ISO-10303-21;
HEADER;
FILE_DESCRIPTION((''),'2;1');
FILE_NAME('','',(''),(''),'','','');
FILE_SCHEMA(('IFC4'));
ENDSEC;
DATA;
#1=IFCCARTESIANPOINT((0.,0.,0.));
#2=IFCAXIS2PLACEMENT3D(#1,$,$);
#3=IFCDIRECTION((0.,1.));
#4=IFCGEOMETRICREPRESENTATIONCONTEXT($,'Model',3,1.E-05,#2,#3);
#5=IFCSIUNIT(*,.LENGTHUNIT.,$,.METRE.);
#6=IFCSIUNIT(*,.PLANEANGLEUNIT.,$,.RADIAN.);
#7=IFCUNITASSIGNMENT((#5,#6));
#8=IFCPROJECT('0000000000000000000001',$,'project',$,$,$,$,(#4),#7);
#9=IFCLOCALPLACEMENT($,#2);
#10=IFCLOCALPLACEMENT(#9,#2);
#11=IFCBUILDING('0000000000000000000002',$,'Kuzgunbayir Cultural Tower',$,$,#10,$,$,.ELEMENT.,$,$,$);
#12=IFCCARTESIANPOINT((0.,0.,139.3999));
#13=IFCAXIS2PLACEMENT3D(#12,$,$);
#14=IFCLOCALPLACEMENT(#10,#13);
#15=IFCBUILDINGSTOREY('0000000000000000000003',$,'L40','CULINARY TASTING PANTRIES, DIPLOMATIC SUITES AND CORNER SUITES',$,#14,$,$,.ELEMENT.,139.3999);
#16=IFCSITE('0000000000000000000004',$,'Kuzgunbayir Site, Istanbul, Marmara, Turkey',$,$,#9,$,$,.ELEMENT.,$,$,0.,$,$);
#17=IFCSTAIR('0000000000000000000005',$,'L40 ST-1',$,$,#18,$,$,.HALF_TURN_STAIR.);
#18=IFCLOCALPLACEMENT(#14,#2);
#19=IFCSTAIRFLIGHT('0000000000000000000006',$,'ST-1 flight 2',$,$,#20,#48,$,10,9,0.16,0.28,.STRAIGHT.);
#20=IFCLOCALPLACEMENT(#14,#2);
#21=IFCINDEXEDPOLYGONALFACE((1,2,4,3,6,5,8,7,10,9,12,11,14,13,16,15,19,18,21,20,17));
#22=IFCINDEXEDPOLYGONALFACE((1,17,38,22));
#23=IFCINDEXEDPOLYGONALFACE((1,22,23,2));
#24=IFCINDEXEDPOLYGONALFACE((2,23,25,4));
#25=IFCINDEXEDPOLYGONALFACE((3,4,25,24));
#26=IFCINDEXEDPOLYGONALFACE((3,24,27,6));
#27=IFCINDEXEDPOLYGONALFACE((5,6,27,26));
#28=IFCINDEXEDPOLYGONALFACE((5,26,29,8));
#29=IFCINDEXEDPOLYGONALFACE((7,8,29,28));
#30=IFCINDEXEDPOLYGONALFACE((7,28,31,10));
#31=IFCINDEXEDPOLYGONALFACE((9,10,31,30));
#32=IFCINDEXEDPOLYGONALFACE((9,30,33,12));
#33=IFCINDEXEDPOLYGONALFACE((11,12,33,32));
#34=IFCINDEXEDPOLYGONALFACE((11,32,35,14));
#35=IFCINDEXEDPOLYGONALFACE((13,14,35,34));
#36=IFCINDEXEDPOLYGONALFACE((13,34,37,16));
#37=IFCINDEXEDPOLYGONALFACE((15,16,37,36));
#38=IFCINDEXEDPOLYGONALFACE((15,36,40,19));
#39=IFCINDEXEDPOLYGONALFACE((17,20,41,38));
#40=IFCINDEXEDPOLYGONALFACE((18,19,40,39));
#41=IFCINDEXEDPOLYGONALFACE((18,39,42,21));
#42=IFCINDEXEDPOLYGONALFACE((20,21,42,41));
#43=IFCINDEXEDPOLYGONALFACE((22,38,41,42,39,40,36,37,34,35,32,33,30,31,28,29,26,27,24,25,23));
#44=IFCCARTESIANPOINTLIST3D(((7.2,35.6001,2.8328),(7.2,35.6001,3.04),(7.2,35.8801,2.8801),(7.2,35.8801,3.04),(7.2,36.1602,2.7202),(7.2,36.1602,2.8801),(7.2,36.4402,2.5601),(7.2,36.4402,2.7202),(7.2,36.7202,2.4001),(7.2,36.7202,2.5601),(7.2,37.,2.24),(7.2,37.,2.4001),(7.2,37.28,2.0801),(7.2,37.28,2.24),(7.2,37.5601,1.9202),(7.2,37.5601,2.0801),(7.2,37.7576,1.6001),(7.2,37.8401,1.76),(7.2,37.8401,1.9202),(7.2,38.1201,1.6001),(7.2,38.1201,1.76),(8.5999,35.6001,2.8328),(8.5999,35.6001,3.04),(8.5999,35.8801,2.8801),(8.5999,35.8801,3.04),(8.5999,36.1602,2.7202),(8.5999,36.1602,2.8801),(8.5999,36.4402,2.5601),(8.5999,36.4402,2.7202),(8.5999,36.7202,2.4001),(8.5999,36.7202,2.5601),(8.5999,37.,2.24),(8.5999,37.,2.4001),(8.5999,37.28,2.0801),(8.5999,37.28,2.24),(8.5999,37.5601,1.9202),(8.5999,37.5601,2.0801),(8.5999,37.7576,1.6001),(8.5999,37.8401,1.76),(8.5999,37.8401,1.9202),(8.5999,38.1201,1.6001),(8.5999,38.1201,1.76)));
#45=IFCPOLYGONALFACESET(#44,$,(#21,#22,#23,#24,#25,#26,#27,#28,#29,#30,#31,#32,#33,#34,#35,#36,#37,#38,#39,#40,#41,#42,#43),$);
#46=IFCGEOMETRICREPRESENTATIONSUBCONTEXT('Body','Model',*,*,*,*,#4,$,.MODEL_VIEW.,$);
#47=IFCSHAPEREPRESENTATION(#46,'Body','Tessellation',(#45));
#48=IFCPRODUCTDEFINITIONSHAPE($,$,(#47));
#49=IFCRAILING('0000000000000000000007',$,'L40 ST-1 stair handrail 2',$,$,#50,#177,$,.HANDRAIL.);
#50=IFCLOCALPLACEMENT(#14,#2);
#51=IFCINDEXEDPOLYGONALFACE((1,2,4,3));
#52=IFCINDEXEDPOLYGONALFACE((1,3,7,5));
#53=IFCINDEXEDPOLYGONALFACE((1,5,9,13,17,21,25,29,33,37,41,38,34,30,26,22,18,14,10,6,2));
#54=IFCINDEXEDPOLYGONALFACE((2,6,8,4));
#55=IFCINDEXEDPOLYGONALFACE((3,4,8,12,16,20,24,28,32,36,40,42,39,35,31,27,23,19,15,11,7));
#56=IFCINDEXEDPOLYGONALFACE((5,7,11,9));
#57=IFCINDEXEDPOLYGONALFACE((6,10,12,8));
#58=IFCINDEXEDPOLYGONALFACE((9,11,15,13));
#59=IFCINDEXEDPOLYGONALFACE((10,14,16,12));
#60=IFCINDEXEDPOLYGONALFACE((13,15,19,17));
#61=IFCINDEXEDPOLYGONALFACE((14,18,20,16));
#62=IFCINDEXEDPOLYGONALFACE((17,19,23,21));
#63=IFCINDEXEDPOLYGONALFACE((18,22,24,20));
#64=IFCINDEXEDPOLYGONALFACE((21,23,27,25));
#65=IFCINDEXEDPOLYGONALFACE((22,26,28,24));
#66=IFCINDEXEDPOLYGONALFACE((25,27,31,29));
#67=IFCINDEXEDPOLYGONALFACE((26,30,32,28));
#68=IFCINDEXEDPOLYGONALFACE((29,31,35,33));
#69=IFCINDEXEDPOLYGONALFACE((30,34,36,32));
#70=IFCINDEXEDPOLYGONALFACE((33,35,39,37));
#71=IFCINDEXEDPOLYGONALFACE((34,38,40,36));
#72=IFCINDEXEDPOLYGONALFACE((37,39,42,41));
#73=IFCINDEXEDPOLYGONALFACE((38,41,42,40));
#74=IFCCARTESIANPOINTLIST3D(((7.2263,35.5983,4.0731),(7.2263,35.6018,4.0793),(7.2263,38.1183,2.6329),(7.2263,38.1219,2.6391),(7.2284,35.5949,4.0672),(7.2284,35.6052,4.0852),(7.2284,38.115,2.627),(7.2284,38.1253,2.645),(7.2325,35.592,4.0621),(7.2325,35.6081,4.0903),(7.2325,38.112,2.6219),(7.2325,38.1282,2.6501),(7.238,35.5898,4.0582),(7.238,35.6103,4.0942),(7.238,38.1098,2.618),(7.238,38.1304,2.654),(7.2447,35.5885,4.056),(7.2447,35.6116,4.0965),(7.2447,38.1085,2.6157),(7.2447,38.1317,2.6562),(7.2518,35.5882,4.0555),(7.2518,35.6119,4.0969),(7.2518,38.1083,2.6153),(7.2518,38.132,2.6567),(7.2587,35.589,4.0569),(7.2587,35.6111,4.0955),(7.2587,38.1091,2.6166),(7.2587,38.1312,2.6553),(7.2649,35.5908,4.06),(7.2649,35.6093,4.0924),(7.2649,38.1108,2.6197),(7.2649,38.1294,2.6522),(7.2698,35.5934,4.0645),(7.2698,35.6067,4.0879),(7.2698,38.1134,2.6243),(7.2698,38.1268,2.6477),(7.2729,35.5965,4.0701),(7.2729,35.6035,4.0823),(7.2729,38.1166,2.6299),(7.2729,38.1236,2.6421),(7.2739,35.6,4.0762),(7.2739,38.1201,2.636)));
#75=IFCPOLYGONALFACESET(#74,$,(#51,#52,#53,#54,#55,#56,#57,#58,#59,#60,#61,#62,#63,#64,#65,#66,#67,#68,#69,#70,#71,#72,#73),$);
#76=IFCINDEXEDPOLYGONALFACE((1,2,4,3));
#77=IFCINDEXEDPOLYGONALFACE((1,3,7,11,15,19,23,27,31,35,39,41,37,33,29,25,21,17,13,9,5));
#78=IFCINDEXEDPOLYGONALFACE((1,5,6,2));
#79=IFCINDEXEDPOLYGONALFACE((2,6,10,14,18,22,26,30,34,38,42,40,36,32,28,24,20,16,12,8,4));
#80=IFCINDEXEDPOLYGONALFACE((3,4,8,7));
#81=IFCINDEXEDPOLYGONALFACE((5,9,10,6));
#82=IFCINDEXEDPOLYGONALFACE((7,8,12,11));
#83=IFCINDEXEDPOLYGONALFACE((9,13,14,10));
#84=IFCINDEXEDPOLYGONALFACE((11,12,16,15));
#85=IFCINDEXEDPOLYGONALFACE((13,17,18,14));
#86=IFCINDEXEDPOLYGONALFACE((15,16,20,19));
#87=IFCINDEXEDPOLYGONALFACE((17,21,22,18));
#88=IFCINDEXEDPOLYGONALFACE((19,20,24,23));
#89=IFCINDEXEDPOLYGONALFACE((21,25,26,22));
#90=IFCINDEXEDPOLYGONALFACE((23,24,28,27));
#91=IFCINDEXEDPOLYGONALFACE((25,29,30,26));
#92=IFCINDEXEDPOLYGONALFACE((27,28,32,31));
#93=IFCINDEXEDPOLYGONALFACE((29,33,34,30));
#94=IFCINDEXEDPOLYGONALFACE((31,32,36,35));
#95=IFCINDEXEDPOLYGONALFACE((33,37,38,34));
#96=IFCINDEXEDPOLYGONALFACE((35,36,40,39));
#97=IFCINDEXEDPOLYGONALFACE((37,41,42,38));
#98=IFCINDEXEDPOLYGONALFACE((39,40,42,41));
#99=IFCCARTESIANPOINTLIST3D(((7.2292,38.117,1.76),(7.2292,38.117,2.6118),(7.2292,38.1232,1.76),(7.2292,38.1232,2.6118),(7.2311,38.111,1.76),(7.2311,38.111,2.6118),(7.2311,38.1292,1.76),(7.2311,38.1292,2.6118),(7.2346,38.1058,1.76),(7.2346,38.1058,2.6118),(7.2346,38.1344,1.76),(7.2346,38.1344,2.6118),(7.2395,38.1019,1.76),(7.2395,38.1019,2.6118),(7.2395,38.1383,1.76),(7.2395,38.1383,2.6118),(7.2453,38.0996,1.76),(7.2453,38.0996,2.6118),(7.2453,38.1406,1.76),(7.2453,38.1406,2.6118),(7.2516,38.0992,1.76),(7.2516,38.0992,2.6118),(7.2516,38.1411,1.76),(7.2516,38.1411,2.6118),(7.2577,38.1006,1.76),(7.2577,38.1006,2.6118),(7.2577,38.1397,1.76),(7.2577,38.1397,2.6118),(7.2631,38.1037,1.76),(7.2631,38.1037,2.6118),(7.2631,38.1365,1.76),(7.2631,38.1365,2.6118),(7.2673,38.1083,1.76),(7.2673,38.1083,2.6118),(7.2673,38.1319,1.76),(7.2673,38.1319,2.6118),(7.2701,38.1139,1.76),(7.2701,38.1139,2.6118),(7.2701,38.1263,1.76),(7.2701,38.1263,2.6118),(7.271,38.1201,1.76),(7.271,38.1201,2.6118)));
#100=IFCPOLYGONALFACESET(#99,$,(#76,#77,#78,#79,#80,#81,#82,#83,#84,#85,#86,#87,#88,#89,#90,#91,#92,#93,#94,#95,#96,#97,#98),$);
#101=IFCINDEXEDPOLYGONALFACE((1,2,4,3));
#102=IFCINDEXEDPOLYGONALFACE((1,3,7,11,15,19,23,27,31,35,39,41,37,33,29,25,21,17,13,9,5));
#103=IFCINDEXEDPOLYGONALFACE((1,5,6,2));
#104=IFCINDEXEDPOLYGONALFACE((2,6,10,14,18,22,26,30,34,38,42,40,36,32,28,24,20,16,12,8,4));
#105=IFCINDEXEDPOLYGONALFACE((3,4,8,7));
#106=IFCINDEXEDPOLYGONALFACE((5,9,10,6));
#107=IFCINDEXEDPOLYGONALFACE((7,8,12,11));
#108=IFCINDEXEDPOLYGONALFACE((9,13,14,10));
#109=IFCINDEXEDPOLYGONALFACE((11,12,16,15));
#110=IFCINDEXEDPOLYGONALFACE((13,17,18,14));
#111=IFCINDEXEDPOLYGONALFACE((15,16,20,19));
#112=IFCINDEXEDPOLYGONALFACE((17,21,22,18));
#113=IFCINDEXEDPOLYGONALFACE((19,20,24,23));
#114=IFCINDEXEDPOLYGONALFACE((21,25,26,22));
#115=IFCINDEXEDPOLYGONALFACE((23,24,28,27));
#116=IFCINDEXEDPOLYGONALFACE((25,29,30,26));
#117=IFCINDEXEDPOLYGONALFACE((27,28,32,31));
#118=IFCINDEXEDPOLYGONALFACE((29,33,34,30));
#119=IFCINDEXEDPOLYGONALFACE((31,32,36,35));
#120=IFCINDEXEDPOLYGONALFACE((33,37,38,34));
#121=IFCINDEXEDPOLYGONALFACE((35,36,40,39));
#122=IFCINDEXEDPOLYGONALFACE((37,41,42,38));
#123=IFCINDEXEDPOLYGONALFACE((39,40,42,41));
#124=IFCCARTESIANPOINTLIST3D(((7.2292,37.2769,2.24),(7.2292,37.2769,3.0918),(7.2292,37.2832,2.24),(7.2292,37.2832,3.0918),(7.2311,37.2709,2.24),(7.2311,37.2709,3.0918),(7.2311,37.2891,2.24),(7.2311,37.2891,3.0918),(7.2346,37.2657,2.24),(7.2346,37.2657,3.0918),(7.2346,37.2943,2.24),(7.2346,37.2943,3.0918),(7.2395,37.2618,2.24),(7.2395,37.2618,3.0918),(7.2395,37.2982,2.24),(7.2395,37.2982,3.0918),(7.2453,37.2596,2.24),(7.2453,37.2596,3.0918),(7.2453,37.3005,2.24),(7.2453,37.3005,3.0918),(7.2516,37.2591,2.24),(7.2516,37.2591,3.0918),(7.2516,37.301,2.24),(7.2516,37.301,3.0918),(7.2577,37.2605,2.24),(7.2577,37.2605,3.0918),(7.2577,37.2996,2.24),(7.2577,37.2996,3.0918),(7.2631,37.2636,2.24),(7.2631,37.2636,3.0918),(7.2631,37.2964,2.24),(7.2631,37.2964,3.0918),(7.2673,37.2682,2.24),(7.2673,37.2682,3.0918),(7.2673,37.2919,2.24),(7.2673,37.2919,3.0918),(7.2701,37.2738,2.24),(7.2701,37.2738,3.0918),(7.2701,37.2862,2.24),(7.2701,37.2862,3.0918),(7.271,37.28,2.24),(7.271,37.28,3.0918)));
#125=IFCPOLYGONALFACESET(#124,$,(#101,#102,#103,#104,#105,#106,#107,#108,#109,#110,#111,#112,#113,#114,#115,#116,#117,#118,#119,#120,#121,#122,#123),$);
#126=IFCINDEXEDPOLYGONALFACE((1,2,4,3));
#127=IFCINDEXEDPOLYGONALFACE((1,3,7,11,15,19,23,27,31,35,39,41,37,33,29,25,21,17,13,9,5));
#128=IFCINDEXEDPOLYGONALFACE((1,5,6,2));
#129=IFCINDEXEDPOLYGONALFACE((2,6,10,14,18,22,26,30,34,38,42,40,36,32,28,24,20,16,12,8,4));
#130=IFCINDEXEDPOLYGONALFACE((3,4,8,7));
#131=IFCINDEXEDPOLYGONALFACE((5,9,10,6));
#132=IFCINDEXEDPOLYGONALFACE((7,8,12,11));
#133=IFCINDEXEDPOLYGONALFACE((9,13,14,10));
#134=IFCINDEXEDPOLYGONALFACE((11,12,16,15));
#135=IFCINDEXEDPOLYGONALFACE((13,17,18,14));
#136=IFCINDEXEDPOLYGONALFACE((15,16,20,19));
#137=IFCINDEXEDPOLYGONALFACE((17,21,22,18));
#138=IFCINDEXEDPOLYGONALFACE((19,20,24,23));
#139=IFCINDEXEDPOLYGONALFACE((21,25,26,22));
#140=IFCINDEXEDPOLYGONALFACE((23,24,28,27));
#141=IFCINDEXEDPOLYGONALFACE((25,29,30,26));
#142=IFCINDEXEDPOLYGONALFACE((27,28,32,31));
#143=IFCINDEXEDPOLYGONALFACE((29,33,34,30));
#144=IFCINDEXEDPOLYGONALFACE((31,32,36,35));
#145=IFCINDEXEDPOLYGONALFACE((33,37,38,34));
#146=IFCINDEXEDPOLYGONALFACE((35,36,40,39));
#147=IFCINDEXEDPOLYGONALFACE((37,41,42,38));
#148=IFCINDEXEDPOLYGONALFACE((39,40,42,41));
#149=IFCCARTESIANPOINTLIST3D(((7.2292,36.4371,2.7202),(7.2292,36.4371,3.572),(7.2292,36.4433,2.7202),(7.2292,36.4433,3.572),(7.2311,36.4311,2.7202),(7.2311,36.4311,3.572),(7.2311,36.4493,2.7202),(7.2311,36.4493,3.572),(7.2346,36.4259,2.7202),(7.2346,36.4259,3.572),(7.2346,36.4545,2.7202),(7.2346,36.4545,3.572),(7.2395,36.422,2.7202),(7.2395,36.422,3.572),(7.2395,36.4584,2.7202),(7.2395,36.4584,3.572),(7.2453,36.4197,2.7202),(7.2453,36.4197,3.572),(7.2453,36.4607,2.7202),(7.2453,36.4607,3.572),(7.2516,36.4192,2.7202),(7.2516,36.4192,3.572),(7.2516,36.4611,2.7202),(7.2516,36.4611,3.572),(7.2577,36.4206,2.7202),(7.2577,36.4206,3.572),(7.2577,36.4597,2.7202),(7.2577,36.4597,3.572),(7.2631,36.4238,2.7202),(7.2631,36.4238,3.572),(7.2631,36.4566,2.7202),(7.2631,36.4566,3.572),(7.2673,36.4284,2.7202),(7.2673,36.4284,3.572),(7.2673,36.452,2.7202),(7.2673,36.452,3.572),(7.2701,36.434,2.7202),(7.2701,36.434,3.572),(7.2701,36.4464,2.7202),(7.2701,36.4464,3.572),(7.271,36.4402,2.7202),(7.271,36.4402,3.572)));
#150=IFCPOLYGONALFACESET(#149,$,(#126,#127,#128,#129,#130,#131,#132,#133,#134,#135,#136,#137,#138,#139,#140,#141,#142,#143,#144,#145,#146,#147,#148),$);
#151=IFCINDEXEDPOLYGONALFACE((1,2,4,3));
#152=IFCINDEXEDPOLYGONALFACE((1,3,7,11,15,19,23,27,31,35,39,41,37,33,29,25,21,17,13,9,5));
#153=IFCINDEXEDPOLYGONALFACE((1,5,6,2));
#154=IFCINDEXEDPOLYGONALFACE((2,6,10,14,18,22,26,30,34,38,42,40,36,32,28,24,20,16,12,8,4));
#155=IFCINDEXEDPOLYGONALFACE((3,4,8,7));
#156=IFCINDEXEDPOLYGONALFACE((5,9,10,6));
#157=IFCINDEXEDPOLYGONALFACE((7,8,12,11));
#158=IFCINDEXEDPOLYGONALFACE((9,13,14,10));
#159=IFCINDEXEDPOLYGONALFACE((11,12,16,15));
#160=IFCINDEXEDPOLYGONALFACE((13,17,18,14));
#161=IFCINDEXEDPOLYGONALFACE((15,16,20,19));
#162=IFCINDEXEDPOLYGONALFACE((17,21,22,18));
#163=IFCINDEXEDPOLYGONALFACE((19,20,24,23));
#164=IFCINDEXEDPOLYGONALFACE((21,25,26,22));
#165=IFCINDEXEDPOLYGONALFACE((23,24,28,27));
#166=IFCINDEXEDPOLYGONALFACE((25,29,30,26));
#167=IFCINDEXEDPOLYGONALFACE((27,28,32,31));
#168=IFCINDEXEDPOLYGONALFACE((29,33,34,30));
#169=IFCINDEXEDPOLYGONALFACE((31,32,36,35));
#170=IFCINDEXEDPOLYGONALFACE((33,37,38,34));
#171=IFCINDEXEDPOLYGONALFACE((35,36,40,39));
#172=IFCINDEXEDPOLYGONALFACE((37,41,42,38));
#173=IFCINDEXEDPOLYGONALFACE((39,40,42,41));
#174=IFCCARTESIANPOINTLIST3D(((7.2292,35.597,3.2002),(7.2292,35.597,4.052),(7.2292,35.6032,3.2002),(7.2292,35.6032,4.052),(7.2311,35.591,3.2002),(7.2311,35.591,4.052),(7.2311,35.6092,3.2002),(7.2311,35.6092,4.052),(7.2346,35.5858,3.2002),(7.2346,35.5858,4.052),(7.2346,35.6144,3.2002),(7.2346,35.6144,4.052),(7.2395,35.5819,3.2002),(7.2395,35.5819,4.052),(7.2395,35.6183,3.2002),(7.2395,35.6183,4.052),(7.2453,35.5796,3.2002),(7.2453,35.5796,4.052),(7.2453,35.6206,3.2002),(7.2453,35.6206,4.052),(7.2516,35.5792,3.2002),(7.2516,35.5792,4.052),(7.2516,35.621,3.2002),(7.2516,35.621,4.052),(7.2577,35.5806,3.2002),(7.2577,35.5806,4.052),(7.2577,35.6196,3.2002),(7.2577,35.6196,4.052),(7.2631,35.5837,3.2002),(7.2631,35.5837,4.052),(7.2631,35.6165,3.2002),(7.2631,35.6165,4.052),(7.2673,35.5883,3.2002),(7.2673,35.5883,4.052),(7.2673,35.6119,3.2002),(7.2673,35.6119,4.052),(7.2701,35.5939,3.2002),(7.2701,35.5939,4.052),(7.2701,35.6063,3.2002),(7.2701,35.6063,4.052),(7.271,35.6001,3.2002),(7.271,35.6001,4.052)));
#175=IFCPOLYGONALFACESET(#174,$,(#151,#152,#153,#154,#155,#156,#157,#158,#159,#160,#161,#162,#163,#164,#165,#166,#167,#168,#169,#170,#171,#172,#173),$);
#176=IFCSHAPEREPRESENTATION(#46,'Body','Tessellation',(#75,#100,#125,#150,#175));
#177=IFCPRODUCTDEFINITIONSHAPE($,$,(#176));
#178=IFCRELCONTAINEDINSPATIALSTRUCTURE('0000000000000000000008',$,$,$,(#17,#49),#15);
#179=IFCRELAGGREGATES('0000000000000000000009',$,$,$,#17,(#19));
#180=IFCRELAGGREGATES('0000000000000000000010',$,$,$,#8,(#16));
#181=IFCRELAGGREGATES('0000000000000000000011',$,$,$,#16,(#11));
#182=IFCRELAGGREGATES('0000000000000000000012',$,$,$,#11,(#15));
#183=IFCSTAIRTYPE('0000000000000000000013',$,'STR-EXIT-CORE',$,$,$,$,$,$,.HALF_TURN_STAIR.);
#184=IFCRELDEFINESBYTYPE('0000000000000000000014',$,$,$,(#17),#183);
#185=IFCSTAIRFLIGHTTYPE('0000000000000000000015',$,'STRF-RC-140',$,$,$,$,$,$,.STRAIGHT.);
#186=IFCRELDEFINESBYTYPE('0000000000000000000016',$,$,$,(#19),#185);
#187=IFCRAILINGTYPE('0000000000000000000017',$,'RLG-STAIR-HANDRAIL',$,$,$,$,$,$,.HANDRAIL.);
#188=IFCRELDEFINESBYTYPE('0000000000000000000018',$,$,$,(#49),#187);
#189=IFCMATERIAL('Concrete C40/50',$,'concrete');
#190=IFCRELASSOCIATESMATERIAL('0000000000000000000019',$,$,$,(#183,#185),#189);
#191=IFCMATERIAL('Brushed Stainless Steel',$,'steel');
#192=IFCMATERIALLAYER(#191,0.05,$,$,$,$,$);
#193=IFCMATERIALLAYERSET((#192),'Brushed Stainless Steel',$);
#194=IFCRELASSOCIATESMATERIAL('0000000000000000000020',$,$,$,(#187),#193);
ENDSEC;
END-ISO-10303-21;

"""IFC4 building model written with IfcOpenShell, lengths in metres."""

from ifc_helpers import new_model, si_unit, direction, frame, origin, origin_2d, place, context, subcontext, project, spatial, polyline, circle, outline, extrude, material, layer, layer_set, type_object, element, aggregate, save


model = new_model("IFC4")

# Units and contexts
model_context = context("Model", 3, precision=1e-05, world=origin(), true_north=direction((0.0, 1.0)))
body_context = subcontext(model_context, "Body", "Model", "MODEL_VIEW")
ifc_project = project(units=[si_unit("LENGTHUNIT", "METRE"), si_unit("PLANEANGLEUNIT", "RADIAN")], contexts=[model_context])

# Site, building, storey
site_placement = place(None, origin())
site = spatial("IfcSite", under=ifc_project, at=site_placement, Name="Kuzgunbayir Site, Istanbul, Marmara, Turkey", CompositionType="ELEMENT", RefElevation=0.0)
building_placement = place(site_placement, origin())
building = spatial("IfcBuilding", under=site, at=building_placement, Name="Kuzgunbayir Cultural Tower", CompositionType="ELEMENT")
storey_placement = place(building_placement, frame((0.0, 0.0, 139.3999)))
storey = spatial("IfcBuildingStorey", under=building, at=storey_placement, Name="L40", Description="CULINARY TASTING PANTRIES, DIPLOMATIC SUITES AND CORNER SUITES", CompositionType="ELEMENT", Elevation=139.3999)

# Stair, stair flight
ifc_material_1 = material(Name="Concrete C40/50", Category="concrete")
stair_type = type_object("IfcStairType", Name="STR-EXIT-CORE", PredefinedType="HALF_TURN_STAIR", material=ifc_material_1)
stair_placement = place(storey_placement, origin())
stair = element("IfcStair", 1, at=stair_placement, inside=storey, type_object=stair_type, Name="L40 ST-1", PredefinedType="HALF_TURN_STAIR")
stair_flight_type = type_object("IfcStairFlightType", Name="STRF-RC-140", PredefinedType="STRAIGHT", material=ifc_material_1)
stair_flight_placement = place(storey_placement, frame((7.8999, 38.1201, 1.6001), z_axis=(0.0, 0.0, 1.0), x_axis=(0.0, -1.0, 0.0)))
stair_flight = element("IfcStairFlight", 2, at=stair_flight_placement, type_object=stair_flight_type, Name="ST-1 flight 2", NumberOfRisers=10, NumberOfTreads=9, PredefinedType="STRAIGHT", RiserHeight=0.16, TreadLength=0.28, context=body_context, shape_type="SweptSolid", body=[
    extrude(outline(polyline([(0.0, 0.0), (0.0, 0.1599), (0.28, 0.1599), (0.28, 0.3201), (0.5601, 0.3201), (0.5601, 0.48), (0.8401, 0.48), (0.8401, 0.6399), (1.1201, 0.6399), (1.1201, 0.8), (1.3999, 0.8), (1.3999, 0.96), (1.6799, 0.96), (1.6799, 1.1201), (1.96, 1.1201), (1.96, 1.28), (2.24, 1.28), (2.24, 1.4399), (2.52, 1.4399), (2.52, 1.6001), (2.52, 1.2327), (0.3625, 0.0), (0.0, 0.0)])), frame((0.0, 0.7, 0.0), z_axis=(0.0, -1.0, 0.0), x_axis=(1.0, 0.0, 0.0)), (0.0, 0.0, 1.0), 1.3999),
])
aggregate(stair, [stair_flight])

# Railing
ifc_material_2 = material(Name="Brushed Stainless Steel", Category="steel")
ifc_layer_1 = layer(ifc_material_2, 0.05)
ifc_layer_set_1 = layer_set([ifc_layer_1], Name="Brushed Stainless Steel")
railing_type_1 = type_object("IfcRailingType", Name="RLG-STAIR-HANDRAIL", PredefinedType="HANDRAIL", material=ifc_layer_set_1)
railing_1_placement = place(storey_placement, frame((7.25, 38.1201, 1.76)))
element("IfcRailing", 3, at=railing_1_placement, inside=storey, type_object=railing_type_1, Name="L40 ST-1 stair handrail 2", PredefinedType="HANDRAIL", context=body_context, shape_type="SweptSolid", body=[
    extrude(circle(Radius=0.0239, at=origin_2d()), frame((0.0, 0.0, 0.876), z_axis=(0.0, -0.868217, 0.496184), x_axis=(1.0, 0.0, 0.0)), (0.0, 0.0, 1.0), 2.9026),
    extrude(circle(Radius=0.021, at=origin_2d()), origin(), (0.0, 0.0, 1.0), 0.8518),
    extrude(circle(Radius=0.021, at=origin_2d()), frame((0.0, -0.8401, 0.48)), (0.0, 0.0, 1.0), 0.8518),
    extrude(circle(Radius=0.021, at=origin_2d()), frame((0.0, -1.6799, 0.9602)), (0.0, 0.0, 1.0), 0.8518),
    extrude(circle(Radius=0.021, at=origin_2d()), frame((0.0, -2.52, 1.4402)), (0.0, 0.0, 1.0), 0.8518),
])

save(model, "model.ifc")
